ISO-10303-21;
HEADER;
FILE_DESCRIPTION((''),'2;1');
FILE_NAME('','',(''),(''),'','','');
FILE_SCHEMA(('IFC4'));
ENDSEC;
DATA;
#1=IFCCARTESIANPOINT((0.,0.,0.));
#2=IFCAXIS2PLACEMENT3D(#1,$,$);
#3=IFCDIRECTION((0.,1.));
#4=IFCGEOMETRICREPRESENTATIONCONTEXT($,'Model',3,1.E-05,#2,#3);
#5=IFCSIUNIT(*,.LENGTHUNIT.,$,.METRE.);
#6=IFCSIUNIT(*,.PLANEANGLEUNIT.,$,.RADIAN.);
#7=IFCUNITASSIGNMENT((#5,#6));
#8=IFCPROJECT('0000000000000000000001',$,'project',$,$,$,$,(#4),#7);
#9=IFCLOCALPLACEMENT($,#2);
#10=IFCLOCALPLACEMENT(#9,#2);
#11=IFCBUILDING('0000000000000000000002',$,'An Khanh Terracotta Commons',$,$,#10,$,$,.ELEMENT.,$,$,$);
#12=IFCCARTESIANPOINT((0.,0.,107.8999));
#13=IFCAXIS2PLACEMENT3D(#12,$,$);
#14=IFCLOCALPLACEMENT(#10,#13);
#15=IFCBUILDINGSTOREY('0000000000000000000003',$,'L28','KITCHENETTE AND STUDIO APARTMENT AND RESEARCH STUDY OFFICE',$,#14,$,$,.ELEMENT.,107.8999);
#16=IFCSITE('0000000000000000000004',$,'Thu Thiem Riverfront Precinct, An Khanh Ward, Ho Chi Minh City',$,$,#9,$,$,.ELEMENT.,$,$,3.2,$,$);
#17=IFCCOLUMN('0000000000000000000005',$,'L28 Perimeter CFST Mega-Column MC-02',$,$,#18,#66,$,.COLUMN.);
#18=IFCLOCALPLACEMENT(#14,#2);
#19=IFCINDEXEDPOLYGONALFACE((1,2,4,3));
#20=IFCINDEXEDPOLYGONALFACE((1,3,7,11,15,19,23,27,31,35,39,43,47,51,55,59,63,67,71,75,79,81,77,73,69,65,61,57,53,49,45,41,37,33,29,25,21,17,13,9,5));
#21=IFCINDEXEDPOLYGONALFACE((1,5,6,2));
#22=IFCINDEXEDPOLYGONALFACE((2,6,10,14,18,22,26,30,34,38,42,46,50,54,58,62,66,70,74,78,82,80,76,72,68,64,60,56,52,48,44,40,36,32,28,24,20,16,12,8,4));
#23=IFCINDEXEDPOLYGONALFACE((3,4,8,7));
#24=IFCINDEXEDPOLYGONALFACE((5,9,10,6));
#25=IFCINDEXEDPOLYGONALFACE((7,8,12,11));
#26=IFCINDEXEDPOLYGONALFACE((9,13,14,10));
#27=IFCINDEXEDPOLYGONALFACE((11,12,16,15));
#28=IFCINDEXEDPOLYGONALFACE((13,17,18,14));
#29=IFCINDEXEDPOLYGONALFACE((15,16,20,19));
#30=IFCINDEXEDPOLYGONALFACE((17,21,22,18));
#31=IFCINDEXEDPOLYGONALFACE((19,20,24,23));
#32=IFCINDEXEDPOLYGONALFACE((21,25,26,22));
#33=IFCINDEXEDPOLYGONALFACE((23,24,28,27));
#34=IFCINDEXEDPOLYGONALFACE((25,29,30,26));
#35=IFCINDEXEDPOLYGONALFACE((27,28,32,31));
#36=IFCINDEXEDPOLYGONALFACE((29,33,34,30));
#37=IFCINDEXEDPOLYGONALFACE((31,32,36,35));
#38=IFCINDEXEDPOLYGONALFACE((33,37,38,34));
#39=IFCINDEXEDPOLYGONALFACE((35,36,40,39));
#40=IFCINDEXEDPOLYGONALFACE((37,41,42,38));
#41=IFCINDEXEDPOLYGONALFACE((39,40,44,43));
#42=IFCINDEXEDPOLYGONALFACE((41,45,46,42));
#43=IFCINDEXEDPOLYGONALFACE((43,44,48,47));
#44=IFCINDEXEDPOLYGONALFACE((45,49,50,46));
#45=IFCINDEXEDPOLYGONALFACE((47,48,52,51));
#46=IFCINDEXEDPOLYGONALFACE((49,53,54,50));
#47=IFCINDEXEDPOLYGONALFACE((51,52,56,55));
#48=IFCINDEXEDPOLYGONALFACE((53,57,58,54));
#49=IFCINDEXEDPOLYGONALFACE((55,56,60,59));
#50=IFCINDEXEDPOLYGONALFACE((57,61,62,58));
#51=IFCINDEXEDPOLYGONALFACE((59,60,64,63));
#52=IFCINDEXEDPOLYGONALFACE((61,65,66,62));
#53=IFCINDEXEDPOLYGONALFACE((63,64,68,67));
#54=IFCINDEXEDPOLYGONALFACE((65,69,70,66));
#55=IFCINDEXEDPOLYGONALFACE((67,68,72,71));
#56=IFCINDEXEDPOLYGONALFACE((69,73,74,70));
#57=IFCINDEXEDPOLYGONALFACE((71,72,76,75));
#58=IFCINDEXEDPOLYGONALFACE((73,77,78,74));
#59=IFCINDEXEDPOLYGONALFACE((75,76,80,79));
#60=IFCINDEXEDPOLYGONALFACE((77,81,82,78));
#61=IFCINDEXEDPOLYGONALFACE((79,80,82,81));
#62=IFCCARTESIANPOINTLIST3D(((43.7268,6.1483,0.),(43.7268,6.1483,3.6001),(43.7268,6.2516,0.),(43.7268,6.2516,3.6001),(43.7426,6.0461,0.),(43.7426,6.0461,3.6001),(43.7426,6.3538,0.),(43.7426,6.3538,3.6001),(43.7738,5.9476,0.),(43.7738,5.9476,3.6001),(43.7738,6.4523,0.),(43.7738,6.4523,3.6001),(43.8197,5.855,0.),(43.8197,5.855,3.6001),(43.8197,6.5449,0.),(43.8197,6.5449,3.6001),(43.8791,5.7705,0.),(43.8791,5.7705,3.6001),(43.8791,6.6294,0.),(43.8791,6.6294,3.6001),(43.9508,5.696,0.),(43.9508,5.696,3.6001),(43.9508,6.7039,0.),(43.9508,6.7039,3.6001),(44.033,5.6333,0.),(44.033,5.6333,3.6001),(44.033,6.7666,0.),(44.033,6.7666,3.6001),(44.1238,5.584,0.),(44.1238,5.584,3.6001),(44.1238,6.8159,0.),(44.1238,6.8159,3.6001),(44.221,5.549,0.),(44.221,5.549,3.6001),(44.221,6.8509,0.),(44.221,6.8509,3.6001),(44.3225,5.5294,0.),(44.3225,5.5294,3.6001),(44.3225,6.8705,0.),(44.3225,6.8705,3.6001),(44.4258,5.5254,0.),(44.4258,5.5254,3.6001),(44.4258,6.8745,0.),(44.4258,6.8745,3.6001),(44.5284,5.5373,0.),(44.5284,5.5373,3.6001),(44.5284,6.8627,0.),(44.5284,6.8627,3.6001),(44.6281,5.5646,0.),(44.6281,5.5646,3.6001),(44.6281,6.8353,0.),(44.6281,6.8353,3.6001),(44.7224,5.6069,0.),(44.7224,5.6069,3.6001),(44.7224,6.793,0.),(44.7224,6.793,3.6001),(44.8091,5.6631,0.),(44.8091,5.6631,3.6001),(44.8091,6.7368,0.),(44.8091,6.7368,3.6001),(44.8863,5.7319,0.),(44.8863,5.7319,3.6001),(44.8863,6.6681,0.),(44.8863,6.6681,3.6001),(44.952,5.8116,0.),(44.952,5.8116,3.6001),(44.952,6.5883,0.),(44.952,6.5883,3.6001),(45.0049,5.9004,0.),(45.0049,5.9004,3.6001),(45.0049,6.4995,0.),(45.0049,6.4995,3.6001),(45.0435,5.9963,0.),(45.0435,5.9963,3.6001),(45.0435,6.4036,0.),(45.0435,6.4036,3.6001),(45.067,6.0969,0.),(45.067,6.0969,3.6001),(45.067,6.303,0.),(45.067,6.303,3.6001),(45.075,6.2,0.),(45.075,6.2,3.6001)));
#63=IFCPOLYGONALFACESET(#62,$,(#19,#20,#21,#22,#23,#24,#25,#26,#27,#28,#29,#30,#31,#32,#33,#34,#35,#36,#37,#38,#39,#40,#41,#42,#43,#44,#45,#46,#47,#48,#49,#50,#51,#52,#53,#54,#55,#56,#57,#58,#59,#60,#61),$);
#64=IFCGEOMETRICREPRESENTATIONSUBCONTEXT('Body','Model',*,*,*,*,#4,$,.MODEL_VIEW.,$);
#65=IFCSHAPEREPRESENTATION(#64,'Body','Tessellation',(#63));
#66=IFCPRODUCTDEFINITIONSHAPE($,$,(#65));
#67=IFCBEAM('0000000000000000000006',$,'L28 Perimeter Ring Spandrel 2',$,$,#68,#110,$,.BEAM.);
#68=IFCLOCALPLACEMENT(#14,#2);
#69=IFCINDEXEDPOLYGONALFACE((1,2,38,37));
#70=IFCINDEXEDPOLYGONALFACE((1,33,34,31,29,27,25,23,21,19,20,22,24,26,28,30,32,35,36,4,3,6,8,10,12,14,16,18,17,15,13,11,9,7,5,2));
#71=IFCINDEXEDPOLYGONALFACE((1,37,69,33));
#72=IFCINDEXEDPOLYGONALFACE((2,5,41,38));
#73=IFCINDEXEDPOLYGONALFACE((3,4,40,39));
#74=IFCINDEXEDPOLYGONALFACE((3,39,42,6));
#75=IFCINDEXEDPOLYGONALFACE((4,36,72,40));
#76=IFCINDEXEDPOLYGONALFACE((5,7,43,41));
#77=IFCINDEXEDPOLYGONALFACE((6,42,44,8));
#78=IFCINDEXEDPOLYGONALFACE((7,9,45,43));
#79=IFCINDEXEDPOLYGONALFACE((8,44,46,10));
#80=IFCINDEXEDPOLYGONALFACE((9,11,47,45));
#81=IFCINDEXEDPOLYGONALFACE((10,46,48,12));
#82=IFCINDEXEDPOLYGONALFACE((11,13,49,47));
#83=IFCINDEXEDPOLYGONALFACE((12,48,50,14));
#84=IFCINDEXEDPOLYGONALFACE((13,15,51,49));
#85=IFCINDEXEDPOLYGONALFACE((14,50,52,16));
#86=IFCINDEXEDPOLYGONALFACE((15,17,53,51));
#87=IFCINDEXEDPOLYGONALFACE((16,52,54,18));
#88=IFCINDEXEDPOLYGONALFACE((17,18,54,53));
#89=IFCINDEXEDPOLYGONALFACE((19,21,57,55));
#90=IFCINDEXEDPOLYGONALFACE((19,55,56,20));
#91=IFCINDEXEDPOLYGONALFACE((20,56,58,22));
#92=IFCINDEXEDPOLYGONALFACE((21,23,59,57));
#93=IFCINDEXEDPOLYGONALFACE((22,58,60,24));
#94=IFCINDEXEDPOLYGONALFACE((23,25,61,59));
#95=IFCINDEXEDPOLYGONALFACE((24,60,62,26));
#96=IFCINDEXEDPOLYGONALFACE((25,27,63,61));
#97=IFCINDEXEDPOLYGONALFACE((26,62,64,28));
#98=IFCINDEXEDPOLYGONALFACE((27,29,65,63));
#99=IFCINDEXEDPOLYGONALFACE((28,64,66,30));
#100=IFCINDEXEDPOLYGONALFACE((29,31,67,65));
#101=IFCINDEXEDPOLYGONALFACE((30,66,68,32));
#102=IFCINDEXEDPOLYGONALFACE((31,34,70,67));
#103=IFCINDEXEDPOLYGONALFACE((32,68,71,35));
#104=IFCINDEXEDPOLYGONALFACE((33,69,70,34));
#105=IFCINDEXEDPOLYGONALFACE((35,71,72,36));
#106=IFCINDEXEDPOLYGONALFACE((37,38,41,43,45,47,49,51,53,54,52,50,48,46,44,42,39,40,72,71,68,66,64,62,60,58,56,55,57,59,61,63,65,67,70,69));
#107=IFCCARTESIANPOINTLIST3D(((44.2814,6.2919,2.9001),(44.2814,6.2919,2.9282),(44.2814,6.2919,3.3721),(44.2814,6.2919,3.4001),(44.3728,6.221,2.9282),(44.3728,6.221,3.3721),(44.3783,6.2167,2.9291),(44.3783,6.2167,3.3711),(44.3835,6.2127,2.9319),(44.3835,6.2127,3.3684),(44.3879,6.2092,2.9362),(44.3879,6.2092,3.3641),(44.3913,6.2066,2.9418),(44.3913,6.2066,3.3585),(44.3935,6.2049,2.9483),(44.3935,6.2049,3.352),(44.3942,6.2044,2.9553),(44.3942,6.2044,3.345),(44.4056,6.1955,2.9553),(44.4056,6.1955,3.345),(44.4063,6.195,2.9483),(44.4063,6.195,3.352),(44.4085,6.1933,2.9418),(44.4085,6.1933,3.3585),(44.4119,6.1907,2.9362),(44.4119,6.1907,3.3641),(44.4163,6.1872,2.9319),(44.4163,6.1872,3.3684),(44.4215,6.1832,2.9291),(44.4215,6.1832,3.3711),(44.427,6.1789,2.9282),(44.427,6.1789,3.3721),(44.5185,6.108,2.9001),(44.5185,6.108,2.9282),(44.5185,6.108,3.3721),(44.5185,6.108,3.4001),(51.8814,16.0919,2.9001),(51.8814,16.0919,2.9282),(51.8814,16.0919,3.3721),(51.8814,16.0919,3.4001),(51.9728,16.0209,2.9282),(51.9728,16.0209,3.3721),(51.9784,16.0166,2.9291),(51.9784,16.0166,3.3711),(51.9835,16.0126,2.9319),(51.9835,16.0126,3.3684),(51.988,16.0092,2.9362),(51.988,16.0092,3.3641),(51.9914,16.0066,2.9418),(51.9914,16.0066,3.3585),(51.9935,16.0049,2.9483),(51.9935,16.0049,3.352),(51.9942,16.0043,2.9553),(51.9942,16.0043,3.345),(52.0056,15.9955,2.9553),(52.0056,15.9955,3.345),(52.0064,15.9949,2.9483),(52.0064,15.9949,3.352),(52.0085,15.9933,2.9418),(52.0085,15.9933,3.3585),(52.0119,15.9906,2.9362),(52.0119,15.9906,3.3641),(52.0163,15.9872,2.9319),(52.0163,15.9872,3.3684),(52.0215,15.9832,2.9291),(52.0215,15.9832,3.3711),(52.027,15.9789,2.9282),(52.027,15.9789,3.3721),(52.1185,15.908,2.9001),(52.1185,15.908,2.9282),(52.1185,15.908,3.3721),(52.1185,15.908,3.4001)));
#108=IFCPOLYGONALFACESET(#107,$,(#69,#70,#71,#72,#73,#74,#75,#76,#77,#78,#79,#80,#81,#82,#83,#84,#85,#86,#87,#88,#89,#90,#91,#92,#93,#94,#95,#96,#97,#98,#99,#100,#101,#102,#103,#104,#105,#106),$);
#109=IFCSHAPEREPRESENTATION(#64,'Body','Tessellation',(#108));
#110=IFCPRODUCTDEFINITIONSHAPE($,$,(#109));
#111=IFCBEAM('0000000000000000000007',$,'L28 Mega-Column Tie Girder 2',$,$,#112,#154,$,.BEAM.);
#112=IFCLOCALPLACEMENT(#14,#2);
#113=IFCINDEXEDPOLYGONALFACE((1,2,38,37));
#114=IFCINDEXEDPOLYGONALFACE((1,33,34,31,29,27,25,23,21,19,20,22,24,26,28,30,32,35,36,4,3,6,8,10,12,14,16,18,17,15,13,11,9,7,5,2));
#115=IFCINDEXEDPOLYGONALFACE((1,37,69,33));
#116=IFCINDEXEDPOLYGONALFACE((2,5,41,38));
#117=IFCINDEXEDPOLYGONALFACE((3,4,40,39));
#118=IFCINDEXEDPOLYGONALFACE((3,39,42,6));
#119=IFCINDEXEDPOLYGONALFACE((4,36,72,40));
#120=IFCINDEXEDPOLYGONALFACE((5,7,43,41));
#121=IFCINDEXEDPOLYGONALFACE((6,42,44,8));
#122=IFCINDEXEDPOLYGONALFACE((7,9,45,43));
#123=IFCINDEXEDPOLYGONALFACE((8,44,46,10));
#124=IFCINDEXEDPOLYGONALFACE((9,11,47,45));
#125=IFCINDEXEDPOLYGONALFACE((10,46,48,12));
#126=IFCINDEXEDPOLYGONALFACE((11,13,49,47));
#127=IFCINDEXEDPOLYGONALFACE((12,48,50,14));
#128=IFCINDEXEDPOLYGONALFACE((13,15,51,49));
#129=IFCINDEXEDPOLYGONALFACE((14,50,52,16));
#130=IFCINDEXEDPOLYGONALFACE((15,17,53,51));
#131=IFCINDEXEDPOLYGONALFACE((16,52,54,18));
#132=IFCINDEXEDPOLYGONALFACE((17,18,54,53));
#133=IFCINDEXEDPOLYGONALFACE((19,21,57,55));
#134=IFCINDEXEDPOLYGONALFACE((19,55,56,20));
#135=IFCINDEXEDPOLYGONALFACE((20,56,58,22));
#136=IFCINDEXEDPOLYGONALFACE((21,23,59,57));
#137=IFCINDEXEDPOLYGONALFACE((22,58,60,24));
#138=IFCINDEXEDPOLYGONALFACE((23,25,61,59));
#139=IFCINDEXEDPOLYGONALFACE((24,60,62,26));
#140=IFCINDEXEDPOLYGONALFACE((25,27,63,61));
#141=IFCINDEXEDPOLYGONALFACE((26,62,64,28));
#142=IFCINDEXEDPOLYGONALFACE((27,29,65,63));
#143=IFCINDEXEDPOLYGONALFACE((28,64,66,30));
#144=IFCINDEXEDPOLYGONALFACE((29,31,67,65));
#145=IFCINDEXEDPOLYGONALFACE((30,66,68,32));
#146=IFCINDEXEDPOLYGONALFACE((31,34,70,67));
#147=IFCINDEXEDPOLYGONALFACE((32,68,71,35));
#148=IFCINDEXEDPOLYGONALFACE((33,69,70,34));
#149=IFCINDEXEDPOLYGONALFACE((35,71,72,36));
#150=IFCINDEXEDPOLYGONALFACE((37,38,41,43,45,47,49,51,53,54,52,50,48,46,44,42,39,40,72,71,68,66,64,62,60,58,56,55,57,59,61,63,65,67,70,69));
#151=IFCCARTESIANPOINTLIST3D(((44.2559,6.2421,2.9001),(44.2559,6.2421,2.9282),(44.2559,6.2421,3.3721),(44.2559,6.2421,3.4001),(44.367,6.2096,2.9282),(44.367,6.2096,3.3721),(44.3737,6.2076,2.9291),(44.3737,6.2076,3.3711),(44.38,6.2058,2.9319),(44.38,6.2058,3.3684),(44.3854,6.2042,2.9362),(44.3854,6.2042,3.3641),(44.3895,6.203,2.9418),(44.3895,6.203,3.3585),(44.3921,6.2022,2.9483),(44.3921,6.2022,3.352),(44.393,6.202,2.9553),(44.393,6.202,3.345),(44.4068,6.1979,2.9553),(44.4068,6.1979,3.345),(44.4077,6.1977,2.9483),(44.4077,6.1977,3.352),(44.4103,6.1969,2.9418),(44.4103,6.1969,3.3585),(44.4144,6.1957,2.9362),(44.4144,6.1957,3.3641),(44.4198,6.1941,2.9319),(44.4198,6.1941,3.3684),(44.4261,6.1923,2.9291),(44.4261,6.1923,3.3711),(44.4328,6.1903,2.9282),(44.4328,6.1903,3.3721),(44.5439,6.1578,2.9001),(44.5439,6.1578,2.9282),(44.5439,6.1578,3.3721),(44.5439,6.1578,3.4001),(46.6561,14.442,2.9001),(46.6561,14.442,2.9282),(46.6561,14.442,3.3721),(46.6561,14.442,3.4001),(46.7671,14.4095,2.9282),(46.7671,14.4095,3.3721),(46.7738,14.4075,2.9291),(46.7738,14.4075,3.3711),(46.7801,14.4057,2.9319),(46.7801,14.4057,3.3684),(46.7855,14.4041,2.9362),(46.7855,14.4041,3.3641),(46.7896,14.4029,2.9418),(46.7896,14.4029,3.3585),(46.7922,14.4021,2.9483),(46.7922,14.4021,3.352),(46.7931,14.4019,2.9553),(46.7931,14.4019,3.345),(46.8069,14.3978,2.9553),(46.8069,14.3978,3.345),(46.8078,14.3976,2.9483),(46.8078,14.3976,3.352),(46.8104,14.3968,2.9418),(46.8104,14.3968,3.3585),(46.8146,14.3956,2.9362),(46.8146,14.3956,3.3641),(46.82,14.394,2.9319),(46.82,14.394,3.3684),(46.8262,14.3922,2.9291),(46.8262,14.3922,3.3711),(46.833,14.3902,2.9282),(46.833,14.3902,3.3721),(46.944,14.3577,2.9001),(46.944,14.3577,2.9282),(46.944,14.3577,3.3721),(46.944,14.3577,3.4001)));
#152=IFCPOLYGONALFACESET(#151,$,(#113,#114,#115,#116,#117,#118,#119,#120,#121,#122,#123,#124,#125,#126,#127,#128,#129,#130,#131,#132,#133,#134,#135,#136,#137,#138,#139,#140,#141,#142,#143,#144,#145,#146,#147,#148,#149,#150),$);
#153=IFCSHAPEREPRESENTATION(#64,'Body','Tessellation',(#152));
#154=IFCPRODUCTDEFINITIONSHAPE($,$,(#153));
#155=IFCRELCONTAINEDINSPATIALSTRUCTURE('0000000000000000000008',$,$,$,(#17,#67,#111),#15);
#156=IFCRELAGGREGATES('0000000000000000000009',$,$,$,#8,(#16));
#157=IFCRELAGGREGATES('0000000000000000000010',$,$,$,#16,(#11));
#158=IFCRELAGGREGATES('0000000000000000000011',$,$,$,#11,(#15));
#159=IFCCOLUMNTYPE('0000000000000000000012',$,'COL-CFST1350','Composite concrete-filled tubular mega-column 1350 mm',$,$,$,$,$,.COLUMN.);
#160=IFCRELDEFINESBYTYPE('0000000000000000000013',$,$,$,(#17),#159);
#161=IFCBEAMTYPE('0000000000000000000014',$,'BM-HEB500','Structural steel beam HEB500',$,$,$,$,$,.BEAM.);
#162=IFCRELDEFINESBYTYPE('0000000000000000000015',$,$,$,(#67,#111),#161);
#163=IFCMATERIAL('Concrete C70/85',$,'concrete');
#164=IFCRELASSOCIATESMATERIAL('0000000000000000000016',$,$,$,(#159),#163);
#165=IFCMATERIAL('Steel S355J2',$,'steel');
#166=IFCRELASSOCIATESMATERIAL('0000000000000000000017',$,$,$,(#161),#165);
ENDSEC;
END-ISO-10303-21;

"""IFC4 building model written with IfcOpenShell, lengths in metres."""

from ifc_helpers import new_model, si_unit, direction, frame, origin, origin_2d, place, context, subcontext, project, spatial, circle, i_section, extrude, material, material_profile, profile_set, type_object, element, save


model = new_model("IFC4")

# Units and contexts
model_context = context("Model", 3, precision=1e-05, world=origin(), true_north=direction((0.0, 1.0)))
body_context = subcontext(model_context, "Body", "Model", "MODEL_VIEW")
ifc_project = project(units=[si_unit("LENGTHUNIT", "METRE"), si_unit("PLANEANGLEUNIT", "RADIAN")], contexts=[model_context])

# Site, building, storey
site_placement = place(None, origin())
site = spatial("IfcSite", under=ifc_project, at=site_placement, Name="Thu Thiem Riverfront Precinct, An Khanh Ward, Ho Chi Minh City", CompositionType="ELEMENT", RefElevation=3.2)
building_placement = place(site_placement, origin())
building = spatial("IfcBuilding", under=site, at=building_placement, Name="An Khanh Terracotta Commons", CompositionType="ELEMENT")
storey_placement = place(building_placement, frame((0.0, 0.0, 107.8999)))
storey = spatial("IfcBuildingStorey", under=building, at=storey_placement, Name="L28", Description="KITCHENETTE AND STUDIO APARTMENT AND RESEARCH STUDY OFFICE", CompositionType="ELEMENT", Elevation=107.8999)

# Column
ifc_material_1 = material(Name="Concrete C70/85", Category="concrete")
ifc_material_profile_1 = material_profile(ifc_material_1, circle(Radius=0.675, at=origin_2d()), Name="CFST1350")
ifc_profile_set_1 = profile_set([ifc_material_profile_1], Name="Concrete C70/85")
column_type = type_object("IfcColumnType", Name="COL-CFST1350", Description="Composite concrete-filled tubular mega-column 1350 mm", PredefinedType="COLUMN", material=ifc_profile_set_1)
column_placement = place(storey_placement, frame((44.3999, 6.2, 0.0), z_axis=(0.0, 0.0, 1.0), x_axis=(1.0, 0.0, 0.0)))
element("IfcColumn", 1, at=column_placement, inside=storey, type_object=column_type, Name="L28 Perimeter CFST Mega-Column MC-02", PredefinedType="COLUMN", context=body_context, shape_type="SweptSolid", body=[
    extrude(circle(Radius=0.675, at=origin_2d()), origin(), (0.0, 0.0, 1.0), 3.6001),
])

# Beams
ifc_material_2 = material(Name="Steel S355J2", Category="steel")
ifc_material_profile_2 = material_profile(ifc_material_2, i_section(OverallWidth=0.3, OverallDepth=0.5, WebThickness=0.0144, FlangeThickness=0.0281, FilletRadius=0.0271, at=origin_2d()), Name="HEB500")
ifc_profile_set_2 = profile_set([ifc_material_profile_2], Name="Steel S355J2")
beam_type = type_object("IfcBeamType", Name="BM-HEB500", Description="Structural steel beam HEB500", PredefinedType="BEAM", material=ifc_profile_set_2)
beam_1_placement = place(storey_placement, frame((44.3999, 6.2, 3.1501), z_axis=(0.612827, 0.790217, 0.0), x_axis=(-0.790217, 0.612827, 0.0)))
element("IfcBeam", 2, at=beam_1_placement, inside=storey, type_object=beam_type, Name="L28 Perimeter Ring Spandrel 2", PredefinedType="BEAM", context=body_context, shape_type="SweptSolid", body=[
    extrude(i_section(OverallWidth=0.3, OverallDepth=0.5, WebThickness=0.0144, FlangeThickness=0.0281, FilletRadius=0.0271, at=origin_2d()), origin(), (0.0, 0.0, 1.0), 12.4016),
])
beam_2_placement = place(storey_placement, frame((44.3999, 6.2, 3.1501), z_axis=(0.280916, 0.959732, 0.0), x_axis=(-0.959732, 0.280916, 0.0)))
element("IfcBeam", 3, at=beam_2_placement, inside=storey, type_object=beam_type, Name="L28 Mega-Column Tie Girder 2", PredefinedType="BEAM", context=body_context, shape_type="SweptSolid", body=[
    extrude(i_section(OverallWidth=0.3, OverallDepth=0.5, WebThickness=0.0144, FlangeThickness=0.0281, FilletRadius=0.0271, at=origin_2d()), origin(), (0.0, 0.0, 1.0), 8.5439),
])

save(model, "model.ifc")
